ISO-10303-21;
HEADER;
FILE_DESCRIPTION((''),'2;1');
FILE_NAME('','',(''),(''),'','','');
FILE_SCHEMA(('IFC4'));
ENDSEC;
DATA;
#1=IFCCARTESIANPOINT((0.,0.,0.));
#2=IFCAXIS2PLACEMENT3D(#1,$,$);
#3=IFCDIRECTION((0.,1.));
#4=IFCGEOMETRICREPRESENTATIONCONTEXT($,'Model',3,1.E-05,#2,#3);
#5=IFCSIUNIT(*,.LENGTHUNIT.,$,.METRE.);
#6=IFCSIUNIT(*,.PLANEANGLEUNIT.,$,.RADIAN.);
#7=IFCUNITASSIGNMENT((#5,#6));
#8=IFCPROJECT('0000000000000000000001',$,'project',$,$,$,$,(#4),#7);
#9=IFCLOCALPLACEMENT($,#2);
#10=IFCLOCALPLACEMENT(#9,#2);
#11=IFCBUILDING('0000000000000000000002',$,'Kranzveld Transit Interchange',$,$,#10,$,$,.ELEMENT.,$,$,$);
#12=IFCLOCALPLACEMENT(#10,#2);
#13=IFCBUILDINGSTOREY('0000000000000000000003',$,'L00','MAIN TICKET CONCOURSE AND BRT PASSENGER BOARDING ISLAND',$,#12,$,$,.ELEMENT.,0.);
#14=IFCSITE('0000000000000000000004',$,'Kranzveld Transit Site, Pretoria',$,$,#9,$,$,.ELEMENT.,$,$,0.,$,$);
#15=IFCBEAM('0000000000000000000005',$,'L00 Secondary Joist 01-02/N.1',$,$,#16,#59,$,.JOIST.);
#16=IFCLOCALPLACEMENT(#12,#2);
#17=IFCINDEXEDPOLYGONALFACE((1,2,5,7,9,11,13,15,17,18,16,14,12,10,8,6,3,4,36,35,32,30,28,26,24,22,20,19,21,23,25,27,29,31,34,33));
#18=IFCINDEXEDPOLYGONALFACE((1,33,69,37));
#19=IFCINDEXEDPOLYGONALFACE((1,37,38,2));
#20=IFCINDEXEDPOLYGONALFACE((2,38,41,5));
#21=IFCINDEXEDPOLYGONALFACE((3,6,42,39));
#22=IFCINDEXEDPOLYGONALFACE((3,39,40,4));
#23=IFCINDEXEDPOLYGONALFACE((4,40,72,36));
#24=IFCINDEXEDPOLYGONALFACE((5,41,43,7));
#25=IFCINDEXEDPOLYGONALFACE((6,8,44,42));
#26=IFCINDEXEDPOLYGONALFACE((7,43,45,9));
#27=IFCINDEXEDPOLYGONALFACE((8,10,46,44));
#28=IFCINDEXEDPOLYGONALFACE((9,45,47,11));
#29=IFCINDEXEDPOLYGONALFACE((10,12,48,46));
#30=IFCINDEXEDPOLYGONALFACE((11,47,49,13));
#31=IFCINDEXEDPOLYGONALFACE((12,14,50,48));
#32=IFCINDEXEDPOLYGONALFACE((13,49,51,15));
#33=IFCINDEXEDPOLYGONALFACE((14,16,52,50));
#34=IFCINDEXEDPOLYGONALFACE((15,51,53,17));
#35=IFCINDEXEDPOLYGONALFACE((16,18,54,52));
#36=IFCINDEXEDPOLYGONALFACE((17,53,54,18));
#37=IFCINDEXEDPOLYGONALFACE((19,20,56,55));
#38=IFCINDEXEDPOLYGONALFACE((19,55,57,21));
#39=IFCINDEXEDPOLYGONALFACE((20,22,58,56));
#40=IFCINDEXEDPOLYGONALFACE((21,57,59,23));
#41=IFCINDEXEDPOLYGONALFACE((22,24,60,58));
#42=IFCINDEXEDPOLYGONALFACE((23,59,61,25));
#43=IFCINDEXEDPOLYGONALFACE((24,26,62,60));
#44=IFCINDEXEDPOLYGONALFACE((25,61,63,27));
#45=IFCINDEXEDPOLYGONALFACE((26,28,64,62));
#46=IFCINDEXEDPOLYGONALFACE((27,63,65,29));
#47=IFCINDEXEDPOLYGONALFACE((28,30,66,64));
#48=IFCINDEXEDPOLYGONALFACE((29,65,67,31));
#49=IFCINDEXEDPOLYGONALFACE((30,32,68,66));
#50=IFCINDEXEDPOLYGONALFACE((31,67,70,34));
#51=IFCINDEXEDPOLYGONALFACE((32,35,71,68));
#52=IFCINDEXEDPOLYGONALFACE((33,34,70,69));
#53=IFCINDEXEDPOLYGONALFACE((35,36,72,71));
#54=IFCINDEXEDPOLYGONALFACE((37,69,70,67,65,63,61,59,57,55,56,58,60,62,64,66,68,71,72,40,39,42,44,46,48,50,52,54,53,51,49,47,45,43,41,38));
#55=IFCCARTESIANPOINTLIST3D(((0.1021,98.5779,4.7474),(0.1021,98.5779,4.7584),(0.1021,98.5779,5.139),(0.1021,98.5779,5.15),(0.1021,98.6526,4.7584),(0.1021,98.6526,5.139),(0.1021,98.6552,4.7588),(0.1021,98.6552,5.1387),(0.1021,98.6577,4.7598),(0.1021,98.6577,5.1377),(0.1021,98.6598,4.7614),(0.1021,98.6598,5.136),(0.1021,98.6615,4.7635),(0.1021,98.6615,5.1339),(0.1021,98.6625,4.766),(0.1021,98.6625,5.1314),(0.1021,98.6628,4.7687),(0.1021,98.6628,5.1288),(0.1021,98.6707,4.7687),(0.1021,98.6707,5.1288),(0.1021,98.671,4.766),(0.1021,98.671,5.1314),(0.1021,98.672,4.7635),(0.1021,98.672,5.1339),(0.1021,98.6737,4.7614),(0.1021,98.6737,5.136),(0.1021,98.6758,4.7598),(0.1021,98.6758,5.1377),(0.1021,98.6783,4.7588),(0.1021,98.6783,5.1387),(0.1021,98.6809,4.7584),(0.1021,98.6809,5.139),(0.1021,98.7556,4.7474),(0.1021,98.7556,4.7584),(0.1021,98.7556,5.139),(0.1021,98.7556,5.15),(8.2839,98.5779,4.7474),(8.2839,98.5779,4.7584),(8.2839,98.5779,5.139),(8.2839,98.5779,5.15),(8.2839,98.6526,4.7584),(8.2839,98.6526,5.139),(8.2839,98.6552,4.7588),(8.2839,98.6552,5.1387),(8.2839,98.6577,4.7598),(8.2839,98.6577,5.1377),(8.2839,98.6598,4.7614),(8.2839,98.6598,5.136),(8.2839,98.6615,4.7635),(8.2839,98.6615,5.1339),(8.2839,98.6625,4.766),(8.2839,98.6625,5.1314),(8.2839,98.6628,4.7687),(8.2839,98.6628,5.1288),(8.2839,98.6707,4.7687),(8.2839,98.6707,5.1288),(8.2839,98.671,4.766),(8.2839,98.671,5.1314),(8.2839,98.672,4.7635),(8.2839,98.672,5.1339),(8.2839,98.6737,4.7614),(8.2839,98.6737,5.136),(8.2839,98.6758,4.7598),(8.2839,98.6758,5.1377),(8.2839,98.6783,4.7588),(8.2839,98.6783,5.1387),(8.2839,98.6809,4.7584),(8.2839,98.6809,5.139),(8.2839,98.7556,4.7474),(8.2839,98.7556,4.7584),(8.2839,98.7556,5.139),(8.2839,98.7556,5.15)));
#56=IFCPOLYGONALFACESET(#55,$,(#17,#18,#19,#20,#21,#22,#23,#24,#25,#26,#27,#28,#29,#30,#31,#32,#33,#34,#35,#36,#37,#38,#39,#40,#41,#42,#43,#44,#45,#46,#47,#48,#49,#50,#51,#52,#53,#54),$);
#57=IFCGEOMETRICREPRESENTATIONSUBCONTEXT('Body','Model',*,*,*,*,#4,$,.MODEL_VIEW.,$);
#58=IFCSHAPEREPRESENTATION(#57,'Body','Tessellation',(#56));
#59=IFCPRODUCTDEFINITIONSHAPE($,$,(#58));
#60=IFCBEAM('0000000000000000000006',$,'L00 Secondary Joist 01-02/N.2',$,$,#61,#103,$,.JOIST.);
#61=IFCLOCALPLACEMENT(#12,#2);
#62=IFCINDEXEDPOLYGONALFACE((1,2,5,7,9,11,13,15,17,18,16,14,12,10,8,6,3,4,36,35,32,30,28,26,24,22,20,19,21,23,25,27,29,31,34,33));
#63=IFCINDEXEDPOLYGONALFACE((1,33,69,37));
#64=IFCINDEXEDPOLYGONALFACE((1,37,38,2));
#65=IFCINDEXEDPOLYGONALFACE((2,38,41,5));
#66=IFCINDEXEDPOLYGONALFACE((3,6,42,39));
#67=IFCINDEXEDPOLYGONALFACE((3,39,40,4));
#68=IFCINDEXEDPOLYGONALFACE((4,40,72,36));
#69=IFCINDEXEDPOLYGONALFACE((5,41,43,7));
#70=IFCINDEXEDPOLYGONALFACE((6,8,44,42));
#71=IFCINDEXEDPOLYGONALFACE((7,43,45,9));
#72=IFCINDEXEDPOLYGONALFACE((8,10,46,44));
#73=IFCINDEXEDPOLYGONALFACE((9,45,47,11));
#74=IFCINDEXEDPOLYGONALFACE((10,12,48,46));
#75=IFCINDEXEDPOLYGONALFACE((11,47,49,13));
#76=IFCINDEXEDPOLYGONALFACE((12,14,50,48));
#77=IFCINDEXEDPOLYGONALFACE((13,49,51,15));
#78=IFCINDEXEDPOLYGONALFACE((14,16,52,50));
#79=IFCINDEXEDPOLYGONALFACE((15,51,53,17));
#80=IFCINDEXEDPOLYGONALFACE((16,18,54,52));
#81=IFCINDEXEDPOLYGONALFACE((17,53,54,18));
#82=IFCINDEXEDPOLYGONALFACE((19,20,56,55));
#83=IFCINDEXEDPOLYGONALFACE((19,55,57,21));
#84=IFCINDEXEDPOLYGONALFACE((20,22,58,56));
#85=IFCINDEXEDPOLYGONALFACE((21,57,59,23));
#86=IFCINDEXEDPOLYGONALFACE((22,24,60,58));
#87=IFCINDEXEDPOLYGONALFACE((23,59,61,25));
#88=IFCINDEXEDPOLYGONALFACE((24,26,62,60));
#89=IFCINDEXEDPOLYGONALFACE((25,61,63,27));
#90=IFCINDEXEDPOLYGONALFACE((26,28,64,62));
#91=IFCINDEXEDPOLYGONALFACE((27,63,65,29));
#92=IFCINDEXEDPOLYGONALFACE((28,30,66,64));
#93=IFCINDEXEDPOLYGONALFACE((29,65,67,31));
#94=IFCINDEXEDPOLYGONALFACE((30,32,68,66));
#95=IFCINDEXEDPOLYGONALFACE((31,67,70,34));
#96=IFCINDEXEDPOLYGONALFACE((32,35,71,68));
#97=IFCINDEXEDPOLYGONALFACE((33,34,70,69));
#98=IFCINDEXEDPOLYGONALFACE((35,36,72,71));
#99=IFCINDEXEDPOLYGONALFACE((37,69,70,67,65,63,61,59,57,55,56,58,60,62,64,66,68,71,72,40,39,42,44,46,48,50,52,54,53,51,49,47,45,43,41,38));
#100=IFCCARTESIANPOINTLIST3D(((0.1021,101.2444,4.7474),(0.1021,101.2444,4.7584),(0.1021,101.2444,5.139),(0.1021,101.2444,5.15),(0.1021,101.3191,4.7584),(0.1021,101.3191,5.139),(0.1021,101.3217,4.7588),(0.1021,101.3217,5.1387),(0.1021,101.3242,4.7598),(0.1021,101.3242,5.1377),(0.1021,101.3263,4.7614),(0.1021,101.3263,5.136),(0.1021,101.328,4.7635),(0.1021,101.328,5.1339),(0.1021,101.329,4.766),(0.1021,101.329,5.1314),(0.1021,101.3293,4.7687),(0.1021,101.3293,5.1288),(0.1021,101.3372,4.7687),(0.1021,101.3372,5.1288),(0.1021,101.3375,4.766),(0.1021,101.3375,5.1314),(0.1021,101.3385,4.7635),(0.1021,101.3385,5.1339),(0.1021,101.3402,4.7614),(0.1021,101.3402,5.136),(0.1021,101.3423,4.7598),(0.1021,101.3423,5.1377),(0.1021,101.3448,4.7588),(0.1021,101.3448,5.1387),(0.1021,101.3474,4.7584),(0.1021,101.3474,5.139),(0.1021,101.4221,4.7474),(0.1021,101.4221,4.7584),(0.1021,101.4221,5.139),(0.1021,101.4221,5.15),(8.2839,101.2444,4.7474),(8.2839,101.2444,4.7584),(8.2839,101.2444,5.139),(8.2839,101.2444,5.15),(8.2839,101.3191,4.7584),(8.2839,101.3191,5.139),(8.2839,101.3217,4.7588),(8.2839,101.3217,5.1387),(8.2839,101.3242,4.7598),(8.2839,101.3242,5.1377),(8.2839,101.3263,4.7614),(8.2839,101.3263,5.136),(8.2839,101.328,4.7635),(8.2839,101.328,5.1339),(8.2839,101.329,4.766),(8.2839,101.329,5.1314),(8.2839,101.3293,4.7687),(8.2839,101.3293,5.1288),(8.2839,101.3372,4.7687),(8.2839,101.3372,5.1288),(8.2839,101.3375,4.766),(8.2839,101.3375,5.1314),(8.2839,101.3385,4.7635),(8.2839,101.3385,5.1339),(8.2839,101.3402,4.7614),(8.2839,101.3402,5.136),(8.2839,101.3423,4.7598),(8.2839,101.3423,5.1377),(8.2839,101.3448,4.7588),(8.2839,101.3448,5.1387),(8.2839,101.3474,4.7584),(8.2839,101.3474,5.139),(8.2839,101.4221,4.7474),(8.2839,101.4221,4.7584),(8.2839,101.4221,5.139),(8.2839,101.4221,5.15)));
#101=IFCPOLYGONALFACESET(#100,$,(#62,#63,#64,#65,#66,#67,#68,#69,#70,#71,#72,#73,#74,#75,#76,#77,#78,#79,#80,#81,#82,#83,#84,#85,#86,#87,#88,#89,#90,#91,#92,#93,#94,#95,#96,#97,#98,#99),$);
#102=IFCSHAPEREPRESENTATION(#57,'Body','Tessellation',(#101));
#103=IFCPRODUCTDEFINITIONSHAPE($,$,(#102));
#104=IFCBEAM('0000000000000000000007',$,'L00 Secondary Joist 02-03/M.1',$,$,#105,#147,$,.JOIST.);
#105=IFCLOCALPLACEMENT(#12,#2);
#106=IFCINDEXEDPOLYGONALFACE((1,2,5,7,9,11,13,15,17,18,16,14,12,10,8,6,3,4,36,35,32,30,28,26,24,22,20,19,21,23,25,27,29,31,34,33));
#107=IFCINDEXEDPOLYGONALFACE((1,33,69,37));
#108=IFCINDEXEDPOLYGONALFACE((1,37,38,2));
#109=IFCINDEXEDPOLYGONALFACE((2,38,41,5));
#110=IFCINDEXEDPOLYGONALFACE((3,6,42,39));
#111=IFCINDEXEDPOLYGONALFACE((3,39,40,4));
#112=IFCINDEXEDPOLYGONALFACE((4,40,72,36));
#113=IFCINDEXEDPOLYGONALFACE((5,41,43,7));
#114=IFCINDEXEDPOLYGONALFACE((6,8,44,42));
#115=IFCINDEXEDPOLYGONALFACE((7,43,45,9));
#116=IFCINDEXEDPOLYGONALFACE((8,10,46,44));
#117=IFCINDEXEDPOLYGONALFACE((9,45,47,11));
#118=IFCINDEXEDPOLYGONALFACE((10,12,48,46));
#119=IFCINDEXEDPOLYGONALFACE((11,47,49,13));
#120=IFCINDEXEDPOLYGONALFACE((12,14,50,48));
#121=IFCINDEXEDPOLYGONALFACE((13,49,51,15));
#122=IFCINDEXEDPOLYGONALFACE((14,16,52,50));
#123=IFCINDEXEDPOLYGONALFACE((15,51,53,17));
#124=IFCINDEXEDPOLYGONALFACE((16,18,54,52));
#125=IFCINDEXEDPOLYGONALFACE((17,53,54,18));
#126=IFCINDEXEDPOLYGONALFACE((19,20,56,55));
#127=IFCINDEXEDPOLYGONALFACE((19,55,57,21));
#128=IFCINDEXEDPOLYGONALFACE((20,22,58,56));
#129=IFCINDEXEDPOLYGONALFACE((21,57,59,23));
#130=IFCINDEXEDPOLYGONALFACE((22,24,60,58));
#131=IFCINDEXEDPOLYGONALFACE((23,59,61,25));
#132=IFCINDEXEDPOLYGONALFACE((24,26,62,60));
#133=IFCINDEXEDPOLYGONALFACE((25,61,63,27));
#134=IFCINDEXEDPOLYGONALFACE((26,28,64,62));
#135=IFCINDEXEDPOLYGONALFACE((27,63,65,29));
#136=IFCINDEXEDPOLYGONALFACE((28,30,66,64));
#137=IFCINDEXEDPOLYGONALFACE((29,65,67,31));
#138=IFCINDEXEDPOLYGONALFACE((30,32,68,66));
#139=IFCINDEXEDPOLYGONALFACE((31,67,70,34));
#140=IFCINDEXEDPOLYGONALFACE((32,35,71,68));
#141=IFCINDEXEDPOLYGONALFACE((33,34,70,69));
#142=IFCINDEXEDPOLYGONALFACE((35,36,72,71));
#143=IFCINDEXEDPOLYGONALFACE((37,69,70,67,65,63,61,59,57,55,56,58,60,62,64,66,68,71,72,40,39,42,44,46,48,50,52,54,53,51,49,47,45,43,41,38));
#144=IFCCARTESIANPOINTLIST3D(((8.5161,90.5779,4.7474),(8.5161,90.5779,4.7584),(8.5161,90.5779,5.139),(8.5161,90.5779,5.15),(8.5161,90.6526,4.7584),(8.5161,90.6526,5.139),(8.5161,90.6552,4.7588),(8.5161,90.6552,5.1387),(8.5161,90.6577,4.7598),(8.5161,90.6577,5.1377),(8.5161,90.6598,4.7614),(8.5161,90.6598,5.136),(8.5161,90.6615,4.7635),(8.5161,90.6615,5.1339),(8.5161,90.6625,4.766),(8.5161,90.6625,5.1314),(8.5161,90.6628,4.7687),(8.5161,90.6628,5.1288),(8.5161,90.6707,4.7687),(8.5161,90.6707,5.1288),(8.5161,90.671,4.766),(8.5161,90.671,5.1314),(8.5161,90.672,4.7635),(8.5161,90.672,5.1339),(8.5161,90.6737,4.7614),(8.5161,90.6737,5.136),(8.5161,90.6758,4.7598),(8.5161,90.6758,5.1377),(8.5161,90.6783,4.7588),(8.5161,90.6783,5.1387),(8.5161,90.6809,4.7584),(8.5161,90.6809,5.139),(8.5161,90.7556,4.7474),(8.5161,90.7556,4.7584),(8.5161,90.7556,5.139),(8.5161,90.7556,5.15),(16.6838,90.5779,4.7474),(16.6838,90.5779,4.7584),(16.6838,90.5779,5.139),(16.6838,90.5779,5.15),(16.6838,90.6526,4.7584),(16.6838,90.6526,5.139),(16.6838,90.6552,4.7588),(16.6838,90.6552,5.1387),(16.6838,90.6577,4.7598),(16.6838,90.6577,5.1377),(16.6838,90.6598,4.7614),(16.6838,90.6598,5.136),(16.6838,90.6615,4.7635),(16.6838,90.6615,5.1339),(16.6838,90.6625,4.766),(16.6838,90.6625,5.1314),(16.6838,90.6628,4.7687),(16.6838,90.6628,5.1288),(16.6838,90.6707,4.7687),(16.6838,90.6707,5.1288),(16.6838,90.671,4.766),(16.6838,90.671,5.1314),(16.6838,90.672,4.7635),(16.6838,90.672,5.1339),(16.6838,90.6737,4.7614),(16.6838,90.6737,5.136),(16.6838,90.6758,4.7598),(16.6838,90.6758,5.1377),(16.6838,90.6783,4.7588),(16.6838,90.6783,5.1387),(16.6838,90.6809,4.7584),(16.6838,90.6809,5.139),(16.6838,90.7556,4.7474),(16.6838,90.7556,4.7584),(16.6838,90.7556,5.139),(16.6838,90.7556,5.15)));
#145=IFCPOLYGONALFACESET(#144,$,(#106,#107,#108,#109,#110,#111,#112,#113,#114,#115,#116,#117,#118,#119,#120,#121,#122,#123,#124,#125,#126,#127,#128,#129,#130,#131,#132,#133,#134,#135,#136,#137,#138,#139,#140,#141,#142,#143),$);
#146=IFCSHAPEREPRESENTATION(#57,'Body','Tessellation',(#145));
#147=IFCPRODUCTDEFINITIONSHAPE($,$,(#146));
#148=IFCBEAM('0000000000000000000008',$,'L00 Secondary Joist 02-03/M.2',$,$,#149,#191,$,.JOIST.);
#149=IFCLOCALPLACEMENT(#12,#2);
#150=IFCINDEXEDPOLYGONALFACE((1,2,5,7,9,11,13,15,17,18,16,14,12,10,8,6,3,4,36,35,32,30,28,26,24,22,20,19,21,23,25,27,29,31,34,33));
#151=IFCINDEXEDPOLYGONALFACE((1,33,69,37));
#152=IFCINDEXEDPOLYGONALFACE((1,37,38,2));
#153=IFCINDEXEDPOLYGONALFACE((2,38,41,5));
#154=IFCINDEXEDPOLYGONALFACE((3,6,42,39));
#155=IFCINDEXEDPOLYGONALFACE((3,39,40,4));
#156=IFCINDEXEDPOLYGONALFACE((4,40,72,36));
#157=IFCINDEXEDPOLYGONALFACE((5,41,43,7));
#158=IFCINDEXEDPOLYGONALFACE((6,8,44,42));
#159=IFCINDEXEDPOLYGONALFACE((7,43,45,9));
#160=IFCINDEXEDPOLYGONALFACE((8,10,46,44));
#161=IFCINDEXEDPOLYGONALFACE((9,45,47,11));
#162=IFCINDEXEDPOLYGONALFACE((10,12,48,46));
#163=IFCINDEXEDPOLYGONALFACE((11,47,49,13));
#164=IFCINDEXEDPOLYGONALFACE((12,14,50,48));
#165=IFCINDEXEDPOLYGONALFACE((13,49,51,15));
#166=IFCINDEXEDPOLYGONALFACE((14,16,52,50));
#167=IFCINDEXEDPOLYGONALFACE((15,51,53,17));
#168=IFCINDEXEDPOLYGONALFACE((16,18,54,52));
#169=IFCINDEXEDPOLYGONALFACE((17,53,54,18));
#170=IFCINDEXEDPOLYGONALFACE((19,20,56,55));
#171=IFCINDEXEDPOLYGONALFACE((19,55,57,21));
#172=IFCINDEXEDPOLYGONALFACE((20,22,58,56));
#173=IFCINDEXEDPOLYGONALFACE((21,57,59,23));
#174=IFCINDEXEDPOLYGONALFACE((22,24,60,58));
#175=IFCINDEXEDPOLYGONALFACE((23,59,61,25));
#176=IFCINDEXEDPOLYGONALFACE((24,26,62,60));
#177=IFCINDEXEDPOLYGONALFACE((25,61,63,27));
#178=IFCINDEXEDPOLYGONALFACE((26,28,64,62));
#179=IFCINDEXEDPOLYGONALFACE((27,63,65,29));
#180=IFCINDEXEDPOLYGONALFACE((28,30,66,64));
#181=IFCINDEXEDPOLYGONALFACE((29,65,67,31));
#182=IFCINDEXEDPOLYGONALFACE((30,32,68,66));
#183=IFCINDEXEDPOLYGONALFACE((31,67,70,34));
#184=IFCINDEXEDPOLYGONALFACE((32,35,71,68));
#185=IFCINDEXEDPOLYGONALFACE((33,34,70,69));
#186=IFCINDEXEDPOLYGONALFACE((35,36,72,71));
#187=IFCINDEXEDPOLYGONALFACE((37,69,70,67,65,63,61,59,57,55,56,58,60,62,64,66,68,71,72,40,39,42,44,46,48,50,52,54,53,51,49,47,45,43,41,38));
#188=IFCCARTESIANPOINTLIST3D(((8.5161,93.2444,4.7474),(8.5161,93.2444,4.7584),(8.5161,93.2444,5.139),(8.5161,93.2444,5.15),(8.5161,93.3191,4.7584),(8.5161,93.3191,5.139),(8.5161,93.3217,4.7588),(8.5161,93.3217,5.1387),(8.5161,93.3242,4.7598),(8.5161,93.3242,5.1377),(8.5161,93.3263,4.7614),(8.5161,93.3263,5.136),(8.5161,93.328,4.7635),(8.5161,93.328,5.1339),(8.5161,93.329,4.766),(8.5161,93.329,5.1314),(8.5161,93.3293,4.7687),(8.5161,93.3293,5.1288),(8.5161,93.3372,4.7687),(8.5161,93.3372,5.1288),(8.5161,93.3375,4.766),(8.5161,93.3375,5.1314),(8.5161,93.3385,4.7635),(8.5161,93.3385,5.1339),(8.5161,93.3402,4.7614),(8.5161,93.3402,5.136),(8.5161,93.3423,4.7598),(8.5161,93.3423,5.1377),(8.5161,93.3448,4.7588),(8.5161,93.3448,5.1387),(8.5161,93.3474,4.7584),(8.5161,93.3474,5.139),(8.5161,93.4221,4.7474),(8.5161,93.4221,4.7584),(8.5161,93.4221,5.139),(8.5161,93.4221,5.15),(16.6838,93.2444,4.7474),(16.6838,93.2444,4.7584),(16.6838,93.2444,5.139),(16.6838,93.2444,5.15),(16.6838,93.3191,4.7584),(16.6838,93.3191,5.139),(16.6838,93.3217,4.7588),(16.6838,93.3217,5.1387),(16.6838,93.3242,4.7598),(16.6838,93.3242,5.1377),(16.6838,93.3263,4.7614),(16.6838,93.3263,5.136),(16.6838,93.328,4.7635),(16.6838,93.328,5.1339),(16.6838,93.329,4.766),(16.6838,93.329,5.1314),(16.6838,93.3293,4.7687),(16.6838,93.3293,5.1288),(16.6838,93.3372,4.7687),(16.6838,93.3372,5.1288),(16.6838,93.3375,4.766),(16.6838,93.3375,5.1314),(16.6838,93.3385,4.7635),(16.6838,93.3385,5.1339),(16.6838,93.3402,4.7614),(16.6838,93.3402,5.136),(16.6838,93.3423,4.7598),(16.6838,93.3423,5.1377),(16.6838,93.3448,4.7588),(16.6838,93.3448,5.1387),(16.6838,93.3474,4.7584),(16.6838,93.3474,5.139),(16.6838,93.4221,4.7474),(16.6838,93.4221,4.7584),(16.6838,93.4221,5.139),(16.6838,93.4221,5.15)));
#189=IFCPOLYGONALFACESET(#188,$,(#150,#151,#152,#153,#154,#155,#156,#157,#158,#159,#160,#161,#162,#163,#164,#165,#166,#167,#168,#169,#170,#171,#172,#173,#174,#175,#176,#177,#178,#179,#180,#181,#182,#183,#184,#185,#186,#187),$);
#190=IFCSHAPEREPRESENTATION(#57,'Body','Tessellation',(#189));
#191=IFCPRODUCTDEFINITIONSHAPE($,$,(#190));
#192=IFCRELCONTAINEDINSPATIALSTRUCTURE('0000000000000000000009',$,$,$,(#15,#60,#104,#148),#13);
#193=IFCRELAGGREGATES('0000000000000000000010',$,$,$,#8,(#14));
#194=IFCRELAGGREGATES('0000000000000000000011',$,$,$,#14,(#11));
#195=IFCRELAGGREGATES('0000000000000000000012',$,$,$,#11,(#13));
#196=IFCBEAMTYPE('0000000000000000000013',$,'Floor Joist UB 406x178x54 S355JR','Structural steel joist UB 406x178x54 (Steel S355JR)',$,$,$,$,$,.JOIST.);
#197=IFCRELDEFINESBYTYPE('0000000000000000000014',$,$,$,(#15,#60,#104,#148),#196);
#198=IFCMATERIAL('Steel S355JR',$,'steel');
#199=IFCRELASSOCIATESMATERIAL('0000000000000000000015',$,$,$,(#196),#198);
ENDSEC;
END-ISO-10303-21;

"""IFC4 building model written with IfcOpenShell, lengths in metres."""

from ifc_helpers import new_model, si_unit, direction, frame, origin, origin_2d, place, context, subcontext, project, spatial, i_section, extrude, material, material_profile, profile_set, type_object, element, save


model = new_model("IFC4")

# Units and contexts
model_context = context("Model", 3, precision=1e-05, world=origin(), true_north=direction((0.0, 1.0)))
body_context = subcontext(model_context, "Body", "Model", "MODEL_VIEW")
ifc_project = project(units=[si_unit("LENGTHUNIT", "METRE"), si_unit("PLANEANGLEUNIT", "RADIAN")], contexts=[model_context])

# Site, building, storey
site_placement = place(None, origin())
site = spatial("IfcSite", under=ifc_project, at=site_placement, Name="Kranzveld Transit Site, Pretoria", CompositionType="ELEMENT", RefElevation=0.0)
building_placement = place(site_placement, origin())
building = spatial("IfcBuilding", under=site, at=building_placement, Name="Kranzveld Transit Interchange", CompositionType="ELEMENT")
storey_placement = place(building_placement, origin())
storey = spatial("IfcBuildingStorey", under=building, at=storey_placement, Name="L00", Description="MAIN TICKET CONCOURSE AND BRT PASSENGER BOARDING ISLAND", CompositionType="ELEMENT", Elevation=0.0)

# Beams
ifc_material_1 = material(Name="Steel S355JR", Category="steel")
ifc_material_profile_1 = material_profile(ifc_material_1, i_section(OverallWidth=0.1777, OverallDepth=0.4026, WebThickness=0.0078, FlangeThickness=0.011, FilletRadius=0.0103, at=origin_2d()), Name="UB 406x178x54")
ifc_profile_set_1 = profile_set([ifc_material_profile_1], Name="Steel S355JR")
beam_type_1 = type_object("IfcBeamType", Name="Floor Joist UB 406x178x54 S355JR", Description="Structural steel joist UB 406x178x54 (Steel S355JR)", PredefinedType="JOIST", material=ifc_profile_set_1)
for number, where, z_axis, x_axis, name in (
    (1, (0.1021, 98.6667, 4.9487), (1.0, 0.0, 0.0), (0.0, 1.0, 0.0), "L00 Secondary Joist 01-02/N.1"),
    (2, (0.1021, 101.3333, 4.9487), (1.0, 0.0, 0.0), (0.0, 1.0, 0.0), "L00 Secondary Joist 01-02/N.2"),
):
    element("IfcBeam", number, at=place(storey_placement, frame(where, z_axis=z_axis, x_axis=x_axis)), inside=storey, type_object=beam_type_1, Name=name, PredefinedType="JOIST", context=body_context, shape_type="SweptSolid", body=[
        extrude(i_section(OverallWidth=0.1777, OverallDepth=0.4026, WebThickness=0.0078, FlangeThickness=0.011, FilletRadius=0.0103, at=origin_2d()), origin(), (0.0, 0.0, 1.0), 8.1819),
    ])
for number, where, z_axis, x_axis, name in (
    (3, (8.5161, 90.6667, 4.9487), (1.0, 0.0, 0.0), (0.0, 1.0, 0.0), "L00 Secondary Joist 02-03/M.1"),
    (4, (8.5161, 93.3333, 4.9487), (1.0, 0.0, 0.0), (0.0, 1.0, 0.0), "L00 Secondary Joist 02-03/M.2"),
):
    element("IfcBeam", number, at=place(storey_placement, frame(where, z_axis=z_axis, x_axis=x_axis)), inside=storey, type_object=beam_type_1, Name=name, PredefinedType="JOIST", context=body_context, shape_type="SweptSolid", body=[
        extrude(i_section(OverallWidth=0.1777, OverallDepth=0.4026, WebThickness=0.0078, FlangeThickness=0.011, FilletRadius=0.0103, at=origin_2d()), origin(), (0.0, 0.0, 1.0), 8.1677),
    ])

save(model, "model.ifc")
